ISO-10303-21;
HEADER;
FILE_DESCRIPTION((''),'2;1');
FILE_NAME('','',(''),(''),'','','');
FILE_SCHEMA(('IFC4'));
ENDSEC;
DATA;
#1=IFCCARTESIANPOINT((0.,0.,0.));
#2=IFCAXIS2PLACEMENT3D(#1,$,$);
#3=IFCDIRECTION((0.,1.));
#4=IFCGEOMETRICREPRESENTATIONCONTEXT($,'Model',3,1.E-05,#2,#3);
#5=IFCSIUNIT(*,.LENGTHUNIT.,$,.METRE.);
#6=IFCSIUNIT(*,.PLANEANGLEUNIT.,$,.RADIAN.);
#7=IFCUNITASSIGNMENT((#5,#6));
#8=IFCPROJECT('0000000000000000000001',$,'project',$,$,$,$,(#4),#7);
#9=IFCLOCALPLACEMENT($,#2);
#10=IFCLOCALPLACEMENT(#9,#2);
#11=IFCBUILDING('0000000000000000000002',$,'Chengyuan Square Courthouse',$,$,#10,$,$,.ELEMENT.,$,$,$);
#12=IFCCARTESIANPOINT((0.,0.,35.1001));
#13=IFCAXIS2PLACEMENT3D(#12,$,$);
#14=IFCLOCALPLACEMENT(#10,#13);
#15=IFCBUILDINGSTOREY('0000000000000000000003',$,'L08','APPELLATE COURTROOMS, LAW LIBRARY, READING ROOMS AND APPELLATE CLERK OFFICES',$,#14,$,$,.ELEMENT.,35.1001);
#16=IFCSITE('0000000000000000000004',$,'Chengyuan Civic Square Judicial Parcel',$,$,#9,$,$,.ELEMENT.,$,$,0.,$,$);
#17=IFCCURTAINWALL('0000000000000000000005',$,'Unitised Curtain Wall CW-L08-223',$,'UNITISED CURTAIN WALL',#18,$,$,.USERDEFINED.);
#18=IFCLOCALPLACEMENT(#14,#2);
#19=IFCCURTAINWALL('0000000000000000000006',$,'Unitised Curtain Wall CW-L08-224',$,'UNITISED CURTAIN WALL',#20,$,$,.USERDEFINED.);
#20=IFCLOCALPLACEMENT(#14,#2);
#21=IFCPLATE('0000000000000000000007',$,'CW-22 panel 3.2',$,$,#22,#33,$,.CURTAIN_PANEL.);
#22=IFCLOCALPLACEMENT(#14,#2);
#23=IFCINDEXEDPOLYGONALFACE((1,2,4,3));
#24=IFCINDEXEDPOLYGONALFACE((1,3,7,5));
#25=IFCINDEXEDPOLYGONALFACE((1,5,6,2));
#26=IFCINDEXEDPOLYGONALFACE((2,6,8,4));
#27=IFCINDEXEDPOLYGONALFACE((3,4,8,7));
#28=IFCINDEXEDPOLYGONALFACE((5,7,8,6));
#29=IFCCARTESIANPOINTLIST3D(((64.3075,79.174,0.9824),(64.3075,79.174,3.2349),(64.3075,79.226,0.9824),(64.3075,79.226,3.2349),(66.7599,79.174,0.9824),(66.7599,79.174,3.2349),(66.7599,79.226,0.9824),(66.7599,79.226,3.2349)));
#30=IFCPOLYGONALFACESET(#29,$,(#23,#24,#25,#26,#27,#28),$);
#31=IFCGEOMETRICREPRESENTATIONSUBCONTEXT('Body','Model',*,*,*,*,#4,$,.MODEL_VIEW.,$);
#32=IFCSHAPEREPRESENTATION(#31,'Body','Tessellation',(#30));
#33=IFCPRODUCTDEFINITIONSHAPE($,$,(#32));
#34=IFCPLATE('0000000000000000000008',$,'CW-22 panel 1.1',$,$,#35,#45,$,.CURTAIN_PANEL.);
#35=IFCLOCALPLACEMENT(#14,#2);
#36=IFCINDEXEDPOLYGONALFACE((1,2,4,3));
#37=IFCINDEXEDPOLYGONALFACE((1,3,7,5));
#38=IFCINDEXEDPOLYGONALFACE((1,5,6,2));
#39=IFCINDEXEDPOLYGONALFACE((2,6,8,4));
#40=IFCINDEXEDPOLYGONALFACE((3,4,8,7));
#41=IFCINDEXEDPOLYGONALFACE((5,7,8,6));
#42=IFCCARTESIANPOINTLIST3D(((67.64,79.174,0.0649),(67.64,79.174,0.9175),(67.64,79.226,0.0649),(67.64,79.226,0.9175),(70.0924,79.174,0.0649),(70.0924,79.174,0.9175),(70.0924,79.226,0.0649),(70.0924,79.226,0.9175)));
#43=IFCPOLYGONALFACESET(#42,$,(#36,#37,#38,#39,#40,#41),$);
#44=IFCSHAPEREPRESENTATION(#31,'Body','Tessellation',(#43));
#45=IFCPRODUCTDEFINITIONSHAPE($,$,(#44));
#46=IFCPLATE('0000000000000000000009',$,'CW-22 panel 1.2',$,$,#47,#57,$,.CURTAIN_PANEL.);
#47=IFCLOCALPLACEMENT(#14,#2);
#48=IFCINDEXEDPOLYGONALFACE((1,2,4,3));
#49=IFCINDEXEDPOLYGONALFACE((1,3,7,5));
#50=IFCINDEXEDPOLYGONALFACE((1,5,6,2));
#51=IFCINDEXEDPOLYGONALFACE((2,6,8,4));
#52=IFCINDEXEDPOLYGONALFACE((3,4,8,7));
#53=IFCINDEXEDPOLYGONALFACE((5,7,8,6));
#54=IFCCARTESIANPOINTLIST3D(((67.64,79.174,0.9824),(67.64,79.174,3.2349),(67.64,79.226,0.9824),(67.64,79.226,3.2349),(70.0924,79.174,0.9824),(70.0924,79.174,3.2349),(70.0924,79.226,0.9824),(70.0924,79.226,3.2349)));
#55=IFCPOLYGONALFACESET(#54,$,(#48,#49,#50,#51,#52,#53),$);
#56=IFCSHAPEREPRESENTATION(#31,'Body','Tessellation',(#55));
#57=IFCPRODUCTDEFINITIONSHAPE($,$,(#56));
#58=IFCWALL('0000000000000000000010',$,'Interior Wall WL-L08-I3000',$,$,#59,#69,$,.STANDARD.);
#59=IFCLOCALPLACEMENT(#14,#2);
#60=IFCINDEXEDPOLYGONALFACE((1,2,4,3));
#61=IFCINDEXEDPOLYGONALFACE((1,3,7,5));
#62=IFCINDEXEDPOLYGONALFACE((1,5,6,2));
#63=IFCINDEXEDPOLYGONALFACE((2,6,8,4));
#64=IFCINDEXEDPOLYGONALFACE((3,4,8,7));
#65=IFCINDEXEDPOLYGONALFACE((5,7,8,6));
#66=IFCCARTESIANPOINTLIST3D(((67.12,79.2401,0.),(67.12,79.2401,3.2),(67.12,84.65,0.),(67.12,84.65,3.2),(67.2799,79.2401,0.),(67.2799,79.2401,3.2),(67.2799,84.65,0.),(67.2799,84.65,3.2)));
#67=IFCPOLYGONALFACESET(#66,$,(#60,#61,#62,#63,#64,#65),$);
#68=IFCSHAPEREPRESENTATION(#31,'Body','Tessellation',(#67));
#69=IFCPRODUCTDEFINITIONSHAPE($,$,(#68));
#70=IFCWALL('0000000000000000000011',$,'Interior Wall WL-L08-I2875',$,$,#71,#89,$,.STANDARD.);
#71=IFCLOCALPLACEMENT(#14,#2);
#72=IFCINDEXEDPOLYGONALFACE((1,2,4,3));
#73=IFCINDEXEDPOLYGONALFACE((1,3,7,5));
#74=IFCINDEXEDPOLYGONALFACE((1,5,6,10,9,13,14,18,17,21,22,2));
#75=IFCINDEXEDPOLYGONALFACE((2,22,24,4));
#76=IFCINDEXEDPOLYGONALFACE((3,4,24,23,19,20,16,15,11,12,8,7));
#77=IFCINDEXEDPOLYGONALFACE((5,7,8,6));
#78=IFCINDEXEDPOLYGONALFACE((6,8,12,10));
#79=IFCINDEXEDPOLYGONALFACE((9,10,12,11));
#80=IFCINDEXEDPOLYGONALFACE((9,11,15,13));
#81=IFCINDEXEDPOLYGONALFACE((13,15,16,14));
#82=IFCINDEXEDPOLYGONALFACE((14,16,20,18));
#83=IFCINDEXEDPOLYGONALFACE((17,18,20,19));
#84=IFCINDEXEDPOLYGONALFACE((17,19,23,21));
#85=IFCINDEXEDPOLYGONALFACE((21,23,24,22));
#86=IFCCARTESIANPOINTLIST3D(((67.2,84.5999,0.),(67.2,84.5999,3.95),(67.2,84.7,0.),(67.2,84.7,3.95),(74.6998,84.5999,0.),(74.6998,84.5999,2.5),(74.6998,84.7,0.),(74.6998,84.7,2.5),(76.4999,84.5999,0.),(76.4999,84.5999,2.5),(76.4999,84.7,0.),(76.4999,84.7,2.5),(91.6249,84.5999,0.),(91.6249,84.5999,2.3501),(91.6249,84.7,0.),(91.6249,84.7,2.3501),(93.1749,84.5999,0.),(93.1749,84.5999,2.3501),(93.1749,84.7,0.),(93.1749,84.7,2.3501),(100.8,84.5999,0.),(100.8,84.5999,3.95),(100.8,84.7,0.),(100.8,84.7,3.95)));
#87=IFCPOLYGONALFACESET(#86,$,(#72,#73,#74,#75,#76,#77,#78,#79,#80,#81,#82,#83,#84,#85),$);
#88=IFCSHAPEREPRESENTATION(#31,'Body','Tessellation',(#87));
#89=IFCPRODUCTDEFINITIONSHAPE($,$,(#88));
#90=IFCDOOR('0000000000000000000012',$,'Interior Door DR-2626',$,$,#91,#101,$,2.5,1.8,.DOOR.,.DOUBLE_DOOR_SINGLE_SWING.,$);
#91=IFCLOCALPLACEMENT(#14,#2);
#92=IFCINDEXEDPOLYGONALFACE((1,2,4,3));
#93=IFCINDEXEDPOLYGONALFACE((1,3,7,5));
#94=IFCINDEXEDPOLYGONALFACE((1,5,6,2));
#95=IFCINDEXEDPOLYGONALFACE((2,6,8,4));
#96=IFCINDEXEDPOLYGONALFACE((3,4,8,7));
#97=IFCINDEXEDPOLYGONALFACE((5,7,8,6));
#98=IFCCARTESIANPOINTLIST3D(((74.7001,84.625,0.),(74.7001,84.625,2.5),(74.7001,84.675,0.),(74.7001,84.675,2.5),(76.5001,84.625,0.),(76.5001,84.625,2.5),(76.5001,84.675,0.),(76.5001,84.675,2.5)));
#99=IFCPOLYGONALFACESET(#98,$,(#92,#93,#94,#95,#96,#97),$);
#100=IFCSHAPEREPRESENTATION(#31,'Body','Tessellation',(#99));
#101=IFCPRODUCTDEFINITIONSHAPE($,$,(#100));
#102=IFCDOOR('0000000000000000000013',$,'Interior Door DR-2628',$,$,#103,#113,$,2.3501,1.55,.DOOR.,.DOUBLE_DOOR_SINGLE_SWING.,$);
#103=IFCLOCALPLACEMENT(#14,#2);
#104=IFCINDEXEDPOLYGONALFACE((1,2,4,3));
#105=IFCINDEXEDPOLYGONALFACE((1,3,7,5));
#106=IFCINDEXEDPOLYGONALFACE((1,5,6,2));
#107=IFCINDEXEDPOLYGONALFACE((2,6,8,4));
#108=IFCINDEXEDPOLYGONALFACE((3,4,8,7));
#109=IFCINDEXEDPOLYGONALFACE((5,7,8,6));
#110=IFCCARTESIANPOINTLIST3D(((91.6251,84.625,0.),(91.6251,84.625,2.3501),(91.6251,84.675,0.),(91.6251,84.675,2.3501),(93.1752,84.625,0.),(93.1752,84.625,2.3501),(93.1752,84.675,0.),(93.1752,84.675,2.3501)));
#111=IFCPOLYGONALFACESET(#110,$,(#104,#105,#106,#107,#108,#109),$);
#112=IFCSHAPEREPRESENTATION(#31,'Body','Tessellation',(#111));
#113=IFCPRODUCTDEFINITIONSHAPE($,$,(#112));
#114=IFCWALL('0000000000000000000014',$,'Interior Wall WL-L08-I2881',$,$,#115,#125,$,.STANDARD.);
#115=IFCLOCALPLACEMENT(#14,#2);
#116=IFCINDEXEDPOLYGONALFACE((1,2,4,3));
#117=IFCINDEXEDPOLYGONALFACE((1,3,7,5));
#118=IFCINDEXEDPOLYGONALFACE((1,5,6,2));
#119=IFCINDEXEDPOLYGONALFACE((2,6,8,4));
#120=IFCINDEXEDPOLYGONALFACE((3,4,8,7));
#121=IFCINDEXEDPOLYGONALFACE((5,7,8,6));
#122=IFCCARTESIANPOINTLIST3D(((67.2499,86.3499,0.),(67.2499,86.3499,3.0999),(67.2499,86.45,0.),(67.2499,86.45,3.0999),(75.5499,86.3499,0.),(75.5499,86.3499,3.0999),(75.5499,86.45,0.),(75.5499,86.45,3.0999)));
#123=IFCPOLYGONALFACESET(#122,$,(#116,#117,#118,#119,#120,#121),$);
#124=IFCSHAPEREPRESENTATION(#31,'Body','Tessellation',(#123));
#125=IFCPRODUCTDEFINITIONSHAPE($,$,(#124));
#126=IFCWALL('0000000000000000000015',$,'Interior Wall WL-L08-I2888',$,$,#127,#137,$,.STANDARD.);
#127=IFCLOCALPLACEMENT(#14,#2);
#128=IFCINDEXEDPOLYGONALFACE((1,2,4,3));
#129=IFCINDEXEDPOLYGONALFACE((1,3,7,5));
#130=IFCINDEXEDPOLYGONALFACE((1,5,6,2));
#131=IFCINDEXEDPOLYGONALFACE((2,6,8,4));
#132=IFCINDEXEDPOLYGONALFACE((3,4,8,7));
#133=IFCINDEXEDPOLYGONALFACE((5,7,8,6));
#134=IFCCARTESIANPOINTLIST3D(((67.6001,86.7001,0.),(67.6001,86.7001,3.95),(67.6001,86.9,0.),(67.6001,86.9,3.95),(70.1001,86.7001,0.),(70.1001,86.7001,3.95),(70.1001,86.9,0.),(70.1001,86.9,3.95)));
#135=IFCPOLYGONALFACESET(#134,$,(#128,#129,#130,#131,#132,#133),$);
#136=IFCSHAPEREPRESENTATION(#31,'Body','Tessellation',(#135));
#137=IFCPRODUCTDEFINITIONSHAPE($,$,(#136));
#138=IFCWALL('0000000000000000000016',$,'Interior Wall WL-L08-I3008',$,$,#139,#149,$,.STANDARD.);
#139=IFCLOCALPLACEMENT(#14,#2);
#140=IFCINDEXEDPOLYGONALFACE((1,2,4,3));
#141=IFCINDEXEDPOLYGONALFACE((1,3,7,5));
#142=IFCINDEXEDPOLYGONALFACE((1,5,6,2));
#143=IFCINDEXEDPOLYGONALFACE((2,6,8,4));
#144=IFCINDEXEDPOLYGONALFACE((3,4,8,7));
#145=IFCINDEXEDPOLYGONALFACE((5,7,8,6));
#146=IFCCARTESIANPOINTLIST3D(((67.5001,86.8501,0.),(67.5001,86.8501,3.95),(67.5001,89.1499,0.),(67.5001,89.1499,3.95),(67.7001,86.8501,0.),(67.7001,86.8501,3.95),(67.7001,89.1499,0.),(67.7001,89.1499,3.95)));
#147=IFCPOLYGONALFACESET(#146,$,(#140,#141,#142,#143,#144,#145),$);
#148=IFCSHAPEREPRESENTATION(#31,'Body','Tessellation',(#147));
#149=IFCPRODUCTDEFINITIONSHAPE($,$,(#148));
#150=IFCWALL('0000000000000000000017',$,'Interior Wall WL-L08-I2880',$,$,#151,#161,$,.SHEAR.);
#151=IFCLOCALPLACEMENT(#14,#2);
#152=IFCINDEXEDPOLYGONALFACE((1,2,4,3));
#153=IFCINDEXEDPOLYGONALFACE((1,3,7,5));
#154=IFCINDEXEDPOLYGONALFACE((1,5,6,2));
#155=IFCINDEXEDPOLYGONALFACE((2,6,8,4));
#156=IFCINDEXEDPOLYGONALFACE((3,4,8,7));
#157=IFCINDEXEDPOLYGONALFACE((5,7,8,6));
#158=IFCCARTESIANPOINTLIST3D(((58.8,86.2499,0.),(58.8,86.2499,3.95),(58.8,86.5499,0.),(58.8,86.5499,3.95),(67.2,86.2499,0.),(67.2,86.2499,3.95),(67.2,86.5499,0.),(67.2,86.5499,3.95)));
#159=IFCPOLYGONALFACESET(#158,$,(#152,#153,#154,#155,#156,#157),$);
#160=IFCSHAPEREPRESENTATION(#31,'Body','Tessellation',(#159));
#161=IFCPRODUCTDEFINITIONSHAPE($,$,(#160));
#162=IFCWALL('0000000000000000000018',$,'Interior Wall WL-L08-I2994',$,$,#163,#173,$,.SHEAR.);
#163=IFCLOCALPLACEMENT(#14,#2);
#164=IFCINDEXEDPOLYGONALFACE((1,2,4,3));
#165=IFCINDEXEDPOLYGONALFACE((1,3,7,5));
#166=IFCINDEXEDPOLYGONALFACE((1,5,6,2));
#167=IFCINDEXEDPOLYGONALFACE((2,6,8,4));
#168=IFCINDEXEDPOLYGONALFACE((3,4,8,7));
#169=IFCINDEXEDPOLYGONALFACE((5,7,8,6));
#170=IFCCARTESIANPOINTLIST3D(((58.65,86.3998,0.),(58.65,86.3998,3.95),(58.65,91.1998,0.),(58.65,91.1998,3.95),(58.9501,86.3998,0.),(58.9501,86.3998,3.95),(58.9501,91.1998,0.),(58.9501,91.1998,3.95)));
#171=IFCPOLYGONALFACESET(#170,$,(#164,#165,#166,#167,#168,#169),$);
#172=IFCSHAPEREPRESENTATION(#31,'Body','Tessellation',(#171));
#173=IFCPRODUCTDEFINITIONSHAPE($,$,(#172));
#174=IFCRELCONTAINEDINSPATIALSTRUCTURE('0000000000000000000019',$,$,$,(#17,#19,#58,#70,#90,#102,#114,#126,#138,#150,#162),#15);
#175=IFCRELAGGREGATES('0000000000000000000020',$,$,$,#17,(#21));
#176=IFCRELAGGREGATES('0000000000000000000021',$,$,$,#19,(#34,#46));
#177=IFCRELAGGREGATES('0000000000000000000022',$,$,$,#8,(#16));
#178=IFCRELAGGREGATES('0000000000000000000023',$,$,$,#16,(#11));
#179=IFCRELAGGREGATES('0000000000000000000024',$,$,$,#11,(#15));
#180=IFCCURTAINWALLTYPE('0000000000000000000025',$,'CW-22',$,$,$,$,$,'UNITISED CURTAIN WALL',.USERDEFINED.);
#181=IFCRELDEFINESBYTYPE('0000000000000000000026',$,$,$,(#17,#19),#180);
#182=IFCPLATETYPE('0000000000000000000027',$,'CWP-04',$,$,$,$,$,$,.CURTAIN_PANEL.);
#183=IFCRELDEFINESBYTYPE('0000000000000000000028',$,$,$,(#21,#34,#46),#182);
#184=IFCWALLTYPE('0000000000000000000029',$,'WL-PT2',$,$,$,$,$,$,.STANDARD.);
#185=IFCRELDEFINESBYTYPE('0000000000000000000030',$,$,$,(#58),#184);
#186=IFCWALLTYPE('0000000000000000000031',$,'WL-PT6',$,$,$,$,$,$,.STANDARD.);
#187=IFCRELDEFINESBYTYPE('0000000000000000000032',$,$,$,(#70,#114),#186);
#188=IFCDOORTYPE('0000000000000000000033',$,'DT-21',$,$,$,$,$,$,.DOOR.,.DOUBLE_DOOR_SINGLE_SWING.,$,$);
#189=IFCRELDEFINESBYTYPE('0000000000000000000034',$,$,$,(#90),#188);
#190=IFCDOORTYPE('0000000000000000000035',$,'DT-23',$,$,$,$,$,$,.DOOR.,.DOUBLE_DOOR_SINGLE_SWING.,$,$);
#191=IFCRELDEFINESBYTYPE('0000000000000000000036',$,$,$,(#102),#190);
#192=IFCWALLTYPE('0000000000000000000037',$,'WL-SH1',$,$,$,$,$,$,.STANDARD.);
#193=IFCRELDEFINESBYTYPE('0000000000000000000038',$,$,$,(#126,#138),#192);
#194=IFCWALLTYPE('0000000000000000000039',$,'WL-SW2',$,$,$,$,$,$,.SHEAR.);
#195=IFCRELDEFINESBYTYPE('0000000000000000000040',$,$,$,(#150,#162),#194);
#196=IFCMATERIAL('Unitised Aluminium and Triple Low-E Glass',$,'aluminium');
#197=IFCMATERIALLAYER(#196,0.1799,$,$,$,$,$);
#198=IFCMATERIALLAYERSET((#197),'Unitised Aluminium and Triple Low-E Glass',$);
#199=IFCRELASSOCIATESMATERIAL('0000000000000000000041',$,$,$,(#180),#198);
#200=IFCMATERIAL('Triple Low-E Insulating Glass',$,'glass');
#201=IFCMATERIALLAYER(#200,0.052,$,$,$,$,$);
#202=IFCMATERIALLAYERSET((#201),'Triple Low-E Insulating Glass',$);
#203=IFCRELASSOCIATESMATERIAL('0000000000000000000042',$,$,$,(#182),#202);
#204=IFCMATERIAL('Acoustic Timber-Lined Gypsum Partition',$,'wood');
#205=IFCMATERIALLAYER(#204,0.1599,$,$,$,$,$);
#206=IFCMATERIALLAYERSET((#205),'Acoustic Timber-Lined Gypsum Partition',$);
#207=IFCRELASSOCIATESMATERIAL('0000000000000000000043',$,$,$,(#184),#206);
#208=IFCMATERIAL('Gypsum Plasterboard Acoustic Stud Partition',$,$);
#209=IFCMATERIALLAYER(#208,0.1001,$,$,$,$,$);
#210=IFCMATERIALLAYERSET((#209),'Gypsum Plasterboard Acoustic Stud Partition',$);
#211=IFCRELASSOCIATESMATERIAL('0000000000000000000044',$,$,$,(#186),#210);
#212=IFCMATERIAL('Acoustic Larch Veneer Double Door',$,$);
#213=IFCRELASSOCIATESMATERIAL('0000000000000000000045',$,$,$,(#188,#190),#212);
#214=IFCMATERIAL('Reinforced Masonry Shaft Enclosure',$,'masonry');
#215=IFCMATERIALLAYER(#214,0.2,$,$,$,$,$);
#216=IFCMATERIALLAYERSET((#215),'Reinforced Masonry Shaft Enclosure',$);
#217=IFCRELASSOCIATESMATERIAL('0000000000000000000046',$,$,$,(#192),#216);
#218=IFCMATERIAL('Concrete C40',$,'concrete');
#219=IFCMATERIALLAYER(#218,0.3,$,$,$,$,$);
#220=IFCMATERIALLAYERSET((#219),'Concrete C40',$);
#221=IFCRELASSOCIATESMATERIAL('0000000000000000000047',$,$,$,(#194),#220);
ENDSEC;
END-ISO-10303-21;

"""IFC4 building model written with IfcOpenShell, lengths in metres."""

from ifc_helpers import new_model, si_unit, direction, frame, frame_2d, origin, origin_2d, place, context, subcontext, project, spatial, rectangle, extrude, material, layer, layer_set, type_object, element, fill, aggregate, save


model = new_model("IFC4")

# Units and contexts
model_context = context("Model", 3, precision=1e-05, world=origin(), true_north=direction((0.0, 1.0)))
body_context = subcontext(model_context, "Body", "Model", "MODEL_VIEW")
ifc_project = project(units=[si_unit("LENGTHUNIT", "METRE"), si_unit("PLANEANGLEUNIT", "RADIAN")], contexts=[model_context])

# Site, building, storey
site_placement = place(None, origin())
site = spatial("IfcSite", under=ifc_project, at=site_placement, Name="Chengyuan Civic Square Judicial Parcel", CompositionType="ELEMENT", RefElevation=0.0)
building_placement = place(site_placement, origin())
building = spatial("IfcBuilding", under=site, at=building_placement, Name="Chengyuan Square Courthouse", CompositionType="ELEMENT")
storey_placement = place(building_placement, frame((0.0, 0.0, 35.1001)))
storey = spatial("IfcBuildingStorey", under=building, at=storey_placement, Name="L08", Description="APPELLATE COURTROOMS, LAW LIBRARY, READING ROOMS AND APPELLATE CLERK OFFICES", CompositionType="ELEMENT", Elevation=35.1001)

# Shared definitions
ifc_material_1 = material(Name="Concrete C40", Category="concrete")

# Curtain wall
ifc_material_2 = material(Name="Unitised Aluminium and Triple Low-E Glass", Category="aluminium")
ifc_layer_1 = layer(ifc_material_2, 0.1799)
ifc_layer_set_1 = layer_set([ifc_layer_1], Name="Unitised Aluminium and Triple Low-E Glass")
curtain_wall_type = type_object("IfcCurtainWallType", Name="CW-22", ElementType="UNITISED CURTAIN WALL", PredefinedType="USERDEFINED", material=ifc_layer_set_1)
curtain_wall_1_placement = place(storey_placement, origin())
curtain_wall_1 = element("IfcCurtainWall", 1, at=curtain_wall_1_placement, inside=storey, type_object=curtain_wall_type, Name="Unitised Curtain Wall CW-L08-223", ObjectType="UNITISED CURTAIN WALL", PredefinedType="USERDEFINED")

# Curtain wall
curtain_wall_2_placement = place(storey_placement, origin())
curtain_wall_2 = element("IfcCurtainWall", 2, at=curtain_wall_2_placement, inside=storey, type_object=curtain_wall_type, Name="Unitised Curtain Wall CW-L08-224", ObjectType="UNITISED CURTAIN WALL", PredefinedType="USERDEFINED")

# Plates
ifc_material_3 = material(Name="Triple Low-E Insulating Glass", Category="glass")
ifc_layer_2 = layer(ifc_material_3, 0.052)
ifc_layer_set_2 = layer_set([ifc_layer_2], Name="Triple Low-E Insulating Glass")
plate_type = type_object("IfcPlateType", Name="CWP-04", PredefinedType="CURTAIN_PANEL", material=ifc_layer_set_2)
plate_1_placement = place(storey_placement, frame((65.5337, 79.2, 0.9824), z_axis=(0.0, 0.0, 1.0), x_axis=(1.0, 0.0, 0.0)))
plate_1 = element("IfcPlate", 3, at=plate_1_placement, type_object=plate_type, Name="CW-22 panel 3.2", PredefinedType="CURTAIN_PANEL", context=body_context, shape_type="SweptSolid", body=[
    extrude(rectangle(XDim=2.4524, YDim=0.052, at=origin_2d()), origin(), (0.0, 0.0, 1.0), 2.2524),
])
aggregate(curtain_wall_1, [plate_1])
plate_2_placement = place(storey_placement, frame((68.8662, 79.2, 0.0649), z_axis=(0.0, 0.0, 1.0), x_axis=(1.0, 0.0, 0.0)))
plate_2 = element("IfcPlate", 4, at=plate_2_placement, type_object=plate_type, Name="CW-22 panel 1.1", PredefinedType="CURTAIN_PANEL", context=body_context, shape_type="SweptSolid", body=[
    extrude(rectangle(XDim=2.4524, YDim=0.052, at=origin_2d()), origin(), (0.0, 0.0, 1.0), 0.8525),
])
plate_3_placement = place(storey_placement, frame((68.8662, 79.2, 0.9824), z_axis=(0.0, 0.0, 1.0), x_axis=(1.0, 0.0, 0.0)))
plate_3 = element("IfcPlate", 5, at=plate_3_placement, type_object=plate_type, Name="CW-22 panel 1.2", PredefinedType="CURTAIN_PANEL", context=body_context, shape_type="SweptSolid", body=[
    extrude(rectangle(XDim=2.4524, YDim=0.052, at=origin_2d()), origin(), (0.0, 0.0, 1.0), 2.2524),
])
aggregate(curtain_wall_2, [plate_2, plate_3])

# Wall
ifc_material_4 = material(Name="Acoustic Timber-Lined Gypsum Partition", Category="wood")
ifc_layer_3 = layer(ifc_material_4, 0.1599)
ifc_layer_set_3 = layer_set([ifc_layer_3], Name="Acoustic Timber-Lined Gypsum Partition")
wall_type_1 = type_object("IfcWallType", Name="WL-PT2", PredefinedType="STANDARD", material=ifc_layer_set_3)
wall_1_placement = place(storey_placement, frame((67.2, 79.24, 0.0), z_axis=(0.0, 0.0, 1.0), x_axis=(0.0, 1.0, 0.0)))
element("IfcWall", 6, at=wall_1_placement, inside=storey, type_object=wall_type_1, Name="Interior Wall WL-L08-I3000", PredefinedType="STANDARD", context=body_context, shape_type="SweptSolid", body=[
    extrude(rectangle(XDim=5.4099, YDim=0.1599, at=frame_2d((2.7051, 0.0))), origin(), (0.0, 0.0, 1.0), 3.2),
])

# Wall, openings, doors
ifc_material_5 = material(Name="Gypsum Plasterboard Acoustic Stud Partition")
ifc_layer_4 = layer(ifc_material_5, 0.1001)
ifc_layer_set_4 = layer_set([ifc_layer_4], Name="Gypsum Plasterboard Acoustic Stud Partition")
wall_type_2 = type_object("IfcWallType", Name="WL-PT6", PredefinedType="STANDARD", material=ifc_layer_set_4)
wall_2_placement = place(storey_placement, frame((67.2, 84.6499, 0.0), z_axis=(0.0, 0.0, 1.0), x_axis=(1.0, 0.0, 0.0)))
wall_2 = element("IfcWall", 7, at=wall_2_placement, inside=storey, type_object=wall_type_2, Name="Interior Wall WL-L08-I2875", PredefinedType="STANDARD", context=body_context, shape_type="SweptSolid", body=[
    extrude(rectangle(XDim=33.6001, YDim=0.1001, at=frame_2d((16.8, 0.0))), origin(), (0.0, 0.0, 1.0), 3.95),
])
opening_1_placement = place(wall_2_placement, frame((7.5, 0.0, 0.0)))
opening_1 = element("IfcOpeningElement", 8, at=opening_1_placement, cuts=wall_2, PredefinedType="OPENING", context=body_context, shape_type="SweptSolid", body=[
    extrude(rectangle(XDim=1.8, YDim=2.5, at=frame_2d((0.8999, 1.25))), frame((0.0, 0.062, 0.0), z_axis=(0.0, -1.0, 0.0), x_axis=(1.0, 0.0, 0.0)), (0.0, 0.0, 1.0), 0.124),
])
opening_2_placement = place(wall_2_placement, frame((24.425, 0.0, 0.0)))
opening_2 = element("IfcOpeningElement", 9, at=opening_2_placement, cuts=wall_2, PredefinedType="OPENING", context=body_context, shape_type="SweptSolid", body=[
    extrude(rectangle(XDim=1.55, YDim=2.3501, at=frame_2d((0.7749, 1.175))), frame((0.0, 0.062, 0.0), z_axis=(0.0, -1.0, 0.0), x_axis=(1.0, 0.0, 0.0)), (0.0, 0.0, 1.0), 0.124),
])
ifc_material_6 = material(Name="Acoustic Larch Veneer Double Door")
door_type_1 = type_object("IfcDoorType", Name="DT-21", OperationType="DOUBLE_DOOR_SINGLE_SWING", PredefinedType="DOOR", material=ifc_material_6)
door_1_placement = place(opening_1_placement, frame((1.8, 0.0, 0.0), z_axis=(0.0, 0.0, 1.0), x_axis=(-1.0, 0.0, 0.0)))
door_1 = element("IfcDoor", 10, at=door_1_placement, inside=storey, type_object=door_type_1, Name="Interior Door DR-2626", OperationType="DOUBLE_DOOR_SINGLE_SWING", OverallHeight=2.5, OverallWidth=1.8, PredefinedType="DOOR", context=body_context, shape_type="SweptSolid", body=[
    extrude(rectangle(XDim=1.8, YDim=2.5, at=frame_2d((0.8999, 1.25))), frame((0.0, 0.0249, 0.0), z_axis=(0.0, -1.0, 0.0), x_axis=(1.0, 0.0, 0.0)), (0.0, 0.0, 1.0), 0.05),
])
fill(opening_1, door_1)
door_type_2 = type_object("IfcDoorType", Name="DT-23", OperationType="DOUBLE_DOOR_SINGLE_SWING", PredefinedType="DOOR", material=ifc_material_6)
door_2_placement = place(opening_2_placement, frame((1.55, 0.0, 0.0), z_axis=(0.0, 0.0, 1.0), x_axis=(-1.0, 0.0, 0.0)))
door_2 = element("IfcDoor", 11, at=door_2_placement, inside=storey, type_object=door_type_2, Name="Interior Door DR-2628", OperationType="DOUBLE_DOOR_SINGLE_SWING", OverallHeight=2.3501, OverallWidth=1.55, PredefinedType="DOOR", context=body_context, shape_type="SweptSolid", body=[
    extrude(rectangle(XDim=1.55, YDim=2.3501, at=frame_2d((0.7749, 1.175))), frame((0.0, 0.0249, 0.0), z_axis=(0.0, -1.0, 0.0), x_axis=(1.0, 0.0, 0.0)), (0.0, 0.0, 1.0), 0.05),
])
fill(opening_2, door_2)

# Walls
wall_3_placement = place(storey_placement, frame((67.25, 86.3999, 0.0), z_axis=(0.0, 0.0, 1.0), x_axis=(1.0, 0.0, 0.0)))
element("IfcWall", 12, at=wall_3_placement, inside=storey, type_object=wall_type_2, Name="Interior Wall WL-L08-I2881", PredefinedType="STANDARD", context=body_context, shape_type="SweptSolid", body=[
    extrude(rectangle(XDim=8.3, YDim=0.1001, at=frame_2d((4.1499, 0.0))), origin(), (0.0, 0.0, 1.0), 3.0999),
])
ifc_material_7 = material(Name="Reinforced Masonry Shaft Enclosure", Category="masonry")
ifc_layer_5 = layer(ifc_material_7, 0.2)
ifc_layer_set_5 = layer_set([ifc_layer_5], Name="Reinforced Masonry Shaft Enclosure")
wall_type_3 = type_object("IfcWallType", Name="WL-SH1", PredefinedType="STANDARD", material=ifc_layer_set_5)
wall_4_placement = place(storey_placement, frame((67.6001, 86.8, 0.0), z_axis=(0.0, 0.0, 1.0), x_axis=(1.0, 0.0, 0.0)))
element("IfcWall", 13, at=wall_4_placement, inside=storey, type_object=wall_type_3, Name="Interior Wall WL-L08-I2888", PredefinedType="STANDARD", context=body_context, shape_type="SweptSolid", body=[
    extrude(rectangle(XDim=2.5, YDim=0.2, at=frame_2d((1.25, 0.0))), origin(), (0.0, 0.0, 1.0), 3.95),
])
wall_5_placement = place(storey_placement, frame((67.6001, 86.8501, 0.0), z_axis=(0.0, 0.0, 1.0), x_axis=(0.0, 1.0, 0.0)))
element("IfcWall", 14, at=wall_5_placement, inside=storey, type_object=wall_type_3, Name="Interior Wall WL-L08-I3008", PredefinedType="STANDARD", context=body_context, shape_type="SweptSolid", body=[
    extrude(rectangle(XDim=2.2998, YDim=0.2, at=frame_2d((1.1499, 0.0))), origin(), (0.0, 0.0, 1.0), 3.95),
])
ifc_layer_6 = layer(ifc_material_1, 0.3)
ifc_layer_set_6 = layer_set([ifc_layer_6], Name="Concrete C40")
wall_type_4 = type_object("IfcWallType", Name="WL-SW2", PredefinedType="SHEAR", material=ifc_layer_set_6)
wall_6_placement = place(storey_placement, frame((58.8, 86.3999, 0.0), z_axis=(0.0, 0.0, 1.0), x_axis=(1.0, 0.0, 0.0)))
element("IfcWall", 15, at=wall_6_placement, inside=storey, type_object=wall_type_4, Name="Interior Wall WL-L08-I2880", PredefinedType="SHEAR", context=body_context, shape_type="SweptSolid", body=[
    extrude(rectangle(XDim=8.3999, YDim=0.3, at=frame_2d((4.2, 0.0))), origin(), (0.0, 0.0, 1.0), 3.95),
])
wall_7_placement = place(storey_placement, frame((58.8, 86.3999, 0.0), z_axis=(0.0, 0.0, 1.0), x_axis=(0.0, 1.0, 0.0)))
element("IfcWall", 16, at=wall_7_placement, inside=storey, type_object=wall_type_4, Name="Interior Wall WL-L08-I2994", PredefinedType="SHEAR", context=body_context, shape_type="SweptSolid", body=[
    extrude(rectangle(XDim=4.8, YDim=0.3, at=frame_2d((2.3999, 0.0))), origin(), (0.0, 0.0, 1.0), 3.95),
])

save(model, "model.ifc")
